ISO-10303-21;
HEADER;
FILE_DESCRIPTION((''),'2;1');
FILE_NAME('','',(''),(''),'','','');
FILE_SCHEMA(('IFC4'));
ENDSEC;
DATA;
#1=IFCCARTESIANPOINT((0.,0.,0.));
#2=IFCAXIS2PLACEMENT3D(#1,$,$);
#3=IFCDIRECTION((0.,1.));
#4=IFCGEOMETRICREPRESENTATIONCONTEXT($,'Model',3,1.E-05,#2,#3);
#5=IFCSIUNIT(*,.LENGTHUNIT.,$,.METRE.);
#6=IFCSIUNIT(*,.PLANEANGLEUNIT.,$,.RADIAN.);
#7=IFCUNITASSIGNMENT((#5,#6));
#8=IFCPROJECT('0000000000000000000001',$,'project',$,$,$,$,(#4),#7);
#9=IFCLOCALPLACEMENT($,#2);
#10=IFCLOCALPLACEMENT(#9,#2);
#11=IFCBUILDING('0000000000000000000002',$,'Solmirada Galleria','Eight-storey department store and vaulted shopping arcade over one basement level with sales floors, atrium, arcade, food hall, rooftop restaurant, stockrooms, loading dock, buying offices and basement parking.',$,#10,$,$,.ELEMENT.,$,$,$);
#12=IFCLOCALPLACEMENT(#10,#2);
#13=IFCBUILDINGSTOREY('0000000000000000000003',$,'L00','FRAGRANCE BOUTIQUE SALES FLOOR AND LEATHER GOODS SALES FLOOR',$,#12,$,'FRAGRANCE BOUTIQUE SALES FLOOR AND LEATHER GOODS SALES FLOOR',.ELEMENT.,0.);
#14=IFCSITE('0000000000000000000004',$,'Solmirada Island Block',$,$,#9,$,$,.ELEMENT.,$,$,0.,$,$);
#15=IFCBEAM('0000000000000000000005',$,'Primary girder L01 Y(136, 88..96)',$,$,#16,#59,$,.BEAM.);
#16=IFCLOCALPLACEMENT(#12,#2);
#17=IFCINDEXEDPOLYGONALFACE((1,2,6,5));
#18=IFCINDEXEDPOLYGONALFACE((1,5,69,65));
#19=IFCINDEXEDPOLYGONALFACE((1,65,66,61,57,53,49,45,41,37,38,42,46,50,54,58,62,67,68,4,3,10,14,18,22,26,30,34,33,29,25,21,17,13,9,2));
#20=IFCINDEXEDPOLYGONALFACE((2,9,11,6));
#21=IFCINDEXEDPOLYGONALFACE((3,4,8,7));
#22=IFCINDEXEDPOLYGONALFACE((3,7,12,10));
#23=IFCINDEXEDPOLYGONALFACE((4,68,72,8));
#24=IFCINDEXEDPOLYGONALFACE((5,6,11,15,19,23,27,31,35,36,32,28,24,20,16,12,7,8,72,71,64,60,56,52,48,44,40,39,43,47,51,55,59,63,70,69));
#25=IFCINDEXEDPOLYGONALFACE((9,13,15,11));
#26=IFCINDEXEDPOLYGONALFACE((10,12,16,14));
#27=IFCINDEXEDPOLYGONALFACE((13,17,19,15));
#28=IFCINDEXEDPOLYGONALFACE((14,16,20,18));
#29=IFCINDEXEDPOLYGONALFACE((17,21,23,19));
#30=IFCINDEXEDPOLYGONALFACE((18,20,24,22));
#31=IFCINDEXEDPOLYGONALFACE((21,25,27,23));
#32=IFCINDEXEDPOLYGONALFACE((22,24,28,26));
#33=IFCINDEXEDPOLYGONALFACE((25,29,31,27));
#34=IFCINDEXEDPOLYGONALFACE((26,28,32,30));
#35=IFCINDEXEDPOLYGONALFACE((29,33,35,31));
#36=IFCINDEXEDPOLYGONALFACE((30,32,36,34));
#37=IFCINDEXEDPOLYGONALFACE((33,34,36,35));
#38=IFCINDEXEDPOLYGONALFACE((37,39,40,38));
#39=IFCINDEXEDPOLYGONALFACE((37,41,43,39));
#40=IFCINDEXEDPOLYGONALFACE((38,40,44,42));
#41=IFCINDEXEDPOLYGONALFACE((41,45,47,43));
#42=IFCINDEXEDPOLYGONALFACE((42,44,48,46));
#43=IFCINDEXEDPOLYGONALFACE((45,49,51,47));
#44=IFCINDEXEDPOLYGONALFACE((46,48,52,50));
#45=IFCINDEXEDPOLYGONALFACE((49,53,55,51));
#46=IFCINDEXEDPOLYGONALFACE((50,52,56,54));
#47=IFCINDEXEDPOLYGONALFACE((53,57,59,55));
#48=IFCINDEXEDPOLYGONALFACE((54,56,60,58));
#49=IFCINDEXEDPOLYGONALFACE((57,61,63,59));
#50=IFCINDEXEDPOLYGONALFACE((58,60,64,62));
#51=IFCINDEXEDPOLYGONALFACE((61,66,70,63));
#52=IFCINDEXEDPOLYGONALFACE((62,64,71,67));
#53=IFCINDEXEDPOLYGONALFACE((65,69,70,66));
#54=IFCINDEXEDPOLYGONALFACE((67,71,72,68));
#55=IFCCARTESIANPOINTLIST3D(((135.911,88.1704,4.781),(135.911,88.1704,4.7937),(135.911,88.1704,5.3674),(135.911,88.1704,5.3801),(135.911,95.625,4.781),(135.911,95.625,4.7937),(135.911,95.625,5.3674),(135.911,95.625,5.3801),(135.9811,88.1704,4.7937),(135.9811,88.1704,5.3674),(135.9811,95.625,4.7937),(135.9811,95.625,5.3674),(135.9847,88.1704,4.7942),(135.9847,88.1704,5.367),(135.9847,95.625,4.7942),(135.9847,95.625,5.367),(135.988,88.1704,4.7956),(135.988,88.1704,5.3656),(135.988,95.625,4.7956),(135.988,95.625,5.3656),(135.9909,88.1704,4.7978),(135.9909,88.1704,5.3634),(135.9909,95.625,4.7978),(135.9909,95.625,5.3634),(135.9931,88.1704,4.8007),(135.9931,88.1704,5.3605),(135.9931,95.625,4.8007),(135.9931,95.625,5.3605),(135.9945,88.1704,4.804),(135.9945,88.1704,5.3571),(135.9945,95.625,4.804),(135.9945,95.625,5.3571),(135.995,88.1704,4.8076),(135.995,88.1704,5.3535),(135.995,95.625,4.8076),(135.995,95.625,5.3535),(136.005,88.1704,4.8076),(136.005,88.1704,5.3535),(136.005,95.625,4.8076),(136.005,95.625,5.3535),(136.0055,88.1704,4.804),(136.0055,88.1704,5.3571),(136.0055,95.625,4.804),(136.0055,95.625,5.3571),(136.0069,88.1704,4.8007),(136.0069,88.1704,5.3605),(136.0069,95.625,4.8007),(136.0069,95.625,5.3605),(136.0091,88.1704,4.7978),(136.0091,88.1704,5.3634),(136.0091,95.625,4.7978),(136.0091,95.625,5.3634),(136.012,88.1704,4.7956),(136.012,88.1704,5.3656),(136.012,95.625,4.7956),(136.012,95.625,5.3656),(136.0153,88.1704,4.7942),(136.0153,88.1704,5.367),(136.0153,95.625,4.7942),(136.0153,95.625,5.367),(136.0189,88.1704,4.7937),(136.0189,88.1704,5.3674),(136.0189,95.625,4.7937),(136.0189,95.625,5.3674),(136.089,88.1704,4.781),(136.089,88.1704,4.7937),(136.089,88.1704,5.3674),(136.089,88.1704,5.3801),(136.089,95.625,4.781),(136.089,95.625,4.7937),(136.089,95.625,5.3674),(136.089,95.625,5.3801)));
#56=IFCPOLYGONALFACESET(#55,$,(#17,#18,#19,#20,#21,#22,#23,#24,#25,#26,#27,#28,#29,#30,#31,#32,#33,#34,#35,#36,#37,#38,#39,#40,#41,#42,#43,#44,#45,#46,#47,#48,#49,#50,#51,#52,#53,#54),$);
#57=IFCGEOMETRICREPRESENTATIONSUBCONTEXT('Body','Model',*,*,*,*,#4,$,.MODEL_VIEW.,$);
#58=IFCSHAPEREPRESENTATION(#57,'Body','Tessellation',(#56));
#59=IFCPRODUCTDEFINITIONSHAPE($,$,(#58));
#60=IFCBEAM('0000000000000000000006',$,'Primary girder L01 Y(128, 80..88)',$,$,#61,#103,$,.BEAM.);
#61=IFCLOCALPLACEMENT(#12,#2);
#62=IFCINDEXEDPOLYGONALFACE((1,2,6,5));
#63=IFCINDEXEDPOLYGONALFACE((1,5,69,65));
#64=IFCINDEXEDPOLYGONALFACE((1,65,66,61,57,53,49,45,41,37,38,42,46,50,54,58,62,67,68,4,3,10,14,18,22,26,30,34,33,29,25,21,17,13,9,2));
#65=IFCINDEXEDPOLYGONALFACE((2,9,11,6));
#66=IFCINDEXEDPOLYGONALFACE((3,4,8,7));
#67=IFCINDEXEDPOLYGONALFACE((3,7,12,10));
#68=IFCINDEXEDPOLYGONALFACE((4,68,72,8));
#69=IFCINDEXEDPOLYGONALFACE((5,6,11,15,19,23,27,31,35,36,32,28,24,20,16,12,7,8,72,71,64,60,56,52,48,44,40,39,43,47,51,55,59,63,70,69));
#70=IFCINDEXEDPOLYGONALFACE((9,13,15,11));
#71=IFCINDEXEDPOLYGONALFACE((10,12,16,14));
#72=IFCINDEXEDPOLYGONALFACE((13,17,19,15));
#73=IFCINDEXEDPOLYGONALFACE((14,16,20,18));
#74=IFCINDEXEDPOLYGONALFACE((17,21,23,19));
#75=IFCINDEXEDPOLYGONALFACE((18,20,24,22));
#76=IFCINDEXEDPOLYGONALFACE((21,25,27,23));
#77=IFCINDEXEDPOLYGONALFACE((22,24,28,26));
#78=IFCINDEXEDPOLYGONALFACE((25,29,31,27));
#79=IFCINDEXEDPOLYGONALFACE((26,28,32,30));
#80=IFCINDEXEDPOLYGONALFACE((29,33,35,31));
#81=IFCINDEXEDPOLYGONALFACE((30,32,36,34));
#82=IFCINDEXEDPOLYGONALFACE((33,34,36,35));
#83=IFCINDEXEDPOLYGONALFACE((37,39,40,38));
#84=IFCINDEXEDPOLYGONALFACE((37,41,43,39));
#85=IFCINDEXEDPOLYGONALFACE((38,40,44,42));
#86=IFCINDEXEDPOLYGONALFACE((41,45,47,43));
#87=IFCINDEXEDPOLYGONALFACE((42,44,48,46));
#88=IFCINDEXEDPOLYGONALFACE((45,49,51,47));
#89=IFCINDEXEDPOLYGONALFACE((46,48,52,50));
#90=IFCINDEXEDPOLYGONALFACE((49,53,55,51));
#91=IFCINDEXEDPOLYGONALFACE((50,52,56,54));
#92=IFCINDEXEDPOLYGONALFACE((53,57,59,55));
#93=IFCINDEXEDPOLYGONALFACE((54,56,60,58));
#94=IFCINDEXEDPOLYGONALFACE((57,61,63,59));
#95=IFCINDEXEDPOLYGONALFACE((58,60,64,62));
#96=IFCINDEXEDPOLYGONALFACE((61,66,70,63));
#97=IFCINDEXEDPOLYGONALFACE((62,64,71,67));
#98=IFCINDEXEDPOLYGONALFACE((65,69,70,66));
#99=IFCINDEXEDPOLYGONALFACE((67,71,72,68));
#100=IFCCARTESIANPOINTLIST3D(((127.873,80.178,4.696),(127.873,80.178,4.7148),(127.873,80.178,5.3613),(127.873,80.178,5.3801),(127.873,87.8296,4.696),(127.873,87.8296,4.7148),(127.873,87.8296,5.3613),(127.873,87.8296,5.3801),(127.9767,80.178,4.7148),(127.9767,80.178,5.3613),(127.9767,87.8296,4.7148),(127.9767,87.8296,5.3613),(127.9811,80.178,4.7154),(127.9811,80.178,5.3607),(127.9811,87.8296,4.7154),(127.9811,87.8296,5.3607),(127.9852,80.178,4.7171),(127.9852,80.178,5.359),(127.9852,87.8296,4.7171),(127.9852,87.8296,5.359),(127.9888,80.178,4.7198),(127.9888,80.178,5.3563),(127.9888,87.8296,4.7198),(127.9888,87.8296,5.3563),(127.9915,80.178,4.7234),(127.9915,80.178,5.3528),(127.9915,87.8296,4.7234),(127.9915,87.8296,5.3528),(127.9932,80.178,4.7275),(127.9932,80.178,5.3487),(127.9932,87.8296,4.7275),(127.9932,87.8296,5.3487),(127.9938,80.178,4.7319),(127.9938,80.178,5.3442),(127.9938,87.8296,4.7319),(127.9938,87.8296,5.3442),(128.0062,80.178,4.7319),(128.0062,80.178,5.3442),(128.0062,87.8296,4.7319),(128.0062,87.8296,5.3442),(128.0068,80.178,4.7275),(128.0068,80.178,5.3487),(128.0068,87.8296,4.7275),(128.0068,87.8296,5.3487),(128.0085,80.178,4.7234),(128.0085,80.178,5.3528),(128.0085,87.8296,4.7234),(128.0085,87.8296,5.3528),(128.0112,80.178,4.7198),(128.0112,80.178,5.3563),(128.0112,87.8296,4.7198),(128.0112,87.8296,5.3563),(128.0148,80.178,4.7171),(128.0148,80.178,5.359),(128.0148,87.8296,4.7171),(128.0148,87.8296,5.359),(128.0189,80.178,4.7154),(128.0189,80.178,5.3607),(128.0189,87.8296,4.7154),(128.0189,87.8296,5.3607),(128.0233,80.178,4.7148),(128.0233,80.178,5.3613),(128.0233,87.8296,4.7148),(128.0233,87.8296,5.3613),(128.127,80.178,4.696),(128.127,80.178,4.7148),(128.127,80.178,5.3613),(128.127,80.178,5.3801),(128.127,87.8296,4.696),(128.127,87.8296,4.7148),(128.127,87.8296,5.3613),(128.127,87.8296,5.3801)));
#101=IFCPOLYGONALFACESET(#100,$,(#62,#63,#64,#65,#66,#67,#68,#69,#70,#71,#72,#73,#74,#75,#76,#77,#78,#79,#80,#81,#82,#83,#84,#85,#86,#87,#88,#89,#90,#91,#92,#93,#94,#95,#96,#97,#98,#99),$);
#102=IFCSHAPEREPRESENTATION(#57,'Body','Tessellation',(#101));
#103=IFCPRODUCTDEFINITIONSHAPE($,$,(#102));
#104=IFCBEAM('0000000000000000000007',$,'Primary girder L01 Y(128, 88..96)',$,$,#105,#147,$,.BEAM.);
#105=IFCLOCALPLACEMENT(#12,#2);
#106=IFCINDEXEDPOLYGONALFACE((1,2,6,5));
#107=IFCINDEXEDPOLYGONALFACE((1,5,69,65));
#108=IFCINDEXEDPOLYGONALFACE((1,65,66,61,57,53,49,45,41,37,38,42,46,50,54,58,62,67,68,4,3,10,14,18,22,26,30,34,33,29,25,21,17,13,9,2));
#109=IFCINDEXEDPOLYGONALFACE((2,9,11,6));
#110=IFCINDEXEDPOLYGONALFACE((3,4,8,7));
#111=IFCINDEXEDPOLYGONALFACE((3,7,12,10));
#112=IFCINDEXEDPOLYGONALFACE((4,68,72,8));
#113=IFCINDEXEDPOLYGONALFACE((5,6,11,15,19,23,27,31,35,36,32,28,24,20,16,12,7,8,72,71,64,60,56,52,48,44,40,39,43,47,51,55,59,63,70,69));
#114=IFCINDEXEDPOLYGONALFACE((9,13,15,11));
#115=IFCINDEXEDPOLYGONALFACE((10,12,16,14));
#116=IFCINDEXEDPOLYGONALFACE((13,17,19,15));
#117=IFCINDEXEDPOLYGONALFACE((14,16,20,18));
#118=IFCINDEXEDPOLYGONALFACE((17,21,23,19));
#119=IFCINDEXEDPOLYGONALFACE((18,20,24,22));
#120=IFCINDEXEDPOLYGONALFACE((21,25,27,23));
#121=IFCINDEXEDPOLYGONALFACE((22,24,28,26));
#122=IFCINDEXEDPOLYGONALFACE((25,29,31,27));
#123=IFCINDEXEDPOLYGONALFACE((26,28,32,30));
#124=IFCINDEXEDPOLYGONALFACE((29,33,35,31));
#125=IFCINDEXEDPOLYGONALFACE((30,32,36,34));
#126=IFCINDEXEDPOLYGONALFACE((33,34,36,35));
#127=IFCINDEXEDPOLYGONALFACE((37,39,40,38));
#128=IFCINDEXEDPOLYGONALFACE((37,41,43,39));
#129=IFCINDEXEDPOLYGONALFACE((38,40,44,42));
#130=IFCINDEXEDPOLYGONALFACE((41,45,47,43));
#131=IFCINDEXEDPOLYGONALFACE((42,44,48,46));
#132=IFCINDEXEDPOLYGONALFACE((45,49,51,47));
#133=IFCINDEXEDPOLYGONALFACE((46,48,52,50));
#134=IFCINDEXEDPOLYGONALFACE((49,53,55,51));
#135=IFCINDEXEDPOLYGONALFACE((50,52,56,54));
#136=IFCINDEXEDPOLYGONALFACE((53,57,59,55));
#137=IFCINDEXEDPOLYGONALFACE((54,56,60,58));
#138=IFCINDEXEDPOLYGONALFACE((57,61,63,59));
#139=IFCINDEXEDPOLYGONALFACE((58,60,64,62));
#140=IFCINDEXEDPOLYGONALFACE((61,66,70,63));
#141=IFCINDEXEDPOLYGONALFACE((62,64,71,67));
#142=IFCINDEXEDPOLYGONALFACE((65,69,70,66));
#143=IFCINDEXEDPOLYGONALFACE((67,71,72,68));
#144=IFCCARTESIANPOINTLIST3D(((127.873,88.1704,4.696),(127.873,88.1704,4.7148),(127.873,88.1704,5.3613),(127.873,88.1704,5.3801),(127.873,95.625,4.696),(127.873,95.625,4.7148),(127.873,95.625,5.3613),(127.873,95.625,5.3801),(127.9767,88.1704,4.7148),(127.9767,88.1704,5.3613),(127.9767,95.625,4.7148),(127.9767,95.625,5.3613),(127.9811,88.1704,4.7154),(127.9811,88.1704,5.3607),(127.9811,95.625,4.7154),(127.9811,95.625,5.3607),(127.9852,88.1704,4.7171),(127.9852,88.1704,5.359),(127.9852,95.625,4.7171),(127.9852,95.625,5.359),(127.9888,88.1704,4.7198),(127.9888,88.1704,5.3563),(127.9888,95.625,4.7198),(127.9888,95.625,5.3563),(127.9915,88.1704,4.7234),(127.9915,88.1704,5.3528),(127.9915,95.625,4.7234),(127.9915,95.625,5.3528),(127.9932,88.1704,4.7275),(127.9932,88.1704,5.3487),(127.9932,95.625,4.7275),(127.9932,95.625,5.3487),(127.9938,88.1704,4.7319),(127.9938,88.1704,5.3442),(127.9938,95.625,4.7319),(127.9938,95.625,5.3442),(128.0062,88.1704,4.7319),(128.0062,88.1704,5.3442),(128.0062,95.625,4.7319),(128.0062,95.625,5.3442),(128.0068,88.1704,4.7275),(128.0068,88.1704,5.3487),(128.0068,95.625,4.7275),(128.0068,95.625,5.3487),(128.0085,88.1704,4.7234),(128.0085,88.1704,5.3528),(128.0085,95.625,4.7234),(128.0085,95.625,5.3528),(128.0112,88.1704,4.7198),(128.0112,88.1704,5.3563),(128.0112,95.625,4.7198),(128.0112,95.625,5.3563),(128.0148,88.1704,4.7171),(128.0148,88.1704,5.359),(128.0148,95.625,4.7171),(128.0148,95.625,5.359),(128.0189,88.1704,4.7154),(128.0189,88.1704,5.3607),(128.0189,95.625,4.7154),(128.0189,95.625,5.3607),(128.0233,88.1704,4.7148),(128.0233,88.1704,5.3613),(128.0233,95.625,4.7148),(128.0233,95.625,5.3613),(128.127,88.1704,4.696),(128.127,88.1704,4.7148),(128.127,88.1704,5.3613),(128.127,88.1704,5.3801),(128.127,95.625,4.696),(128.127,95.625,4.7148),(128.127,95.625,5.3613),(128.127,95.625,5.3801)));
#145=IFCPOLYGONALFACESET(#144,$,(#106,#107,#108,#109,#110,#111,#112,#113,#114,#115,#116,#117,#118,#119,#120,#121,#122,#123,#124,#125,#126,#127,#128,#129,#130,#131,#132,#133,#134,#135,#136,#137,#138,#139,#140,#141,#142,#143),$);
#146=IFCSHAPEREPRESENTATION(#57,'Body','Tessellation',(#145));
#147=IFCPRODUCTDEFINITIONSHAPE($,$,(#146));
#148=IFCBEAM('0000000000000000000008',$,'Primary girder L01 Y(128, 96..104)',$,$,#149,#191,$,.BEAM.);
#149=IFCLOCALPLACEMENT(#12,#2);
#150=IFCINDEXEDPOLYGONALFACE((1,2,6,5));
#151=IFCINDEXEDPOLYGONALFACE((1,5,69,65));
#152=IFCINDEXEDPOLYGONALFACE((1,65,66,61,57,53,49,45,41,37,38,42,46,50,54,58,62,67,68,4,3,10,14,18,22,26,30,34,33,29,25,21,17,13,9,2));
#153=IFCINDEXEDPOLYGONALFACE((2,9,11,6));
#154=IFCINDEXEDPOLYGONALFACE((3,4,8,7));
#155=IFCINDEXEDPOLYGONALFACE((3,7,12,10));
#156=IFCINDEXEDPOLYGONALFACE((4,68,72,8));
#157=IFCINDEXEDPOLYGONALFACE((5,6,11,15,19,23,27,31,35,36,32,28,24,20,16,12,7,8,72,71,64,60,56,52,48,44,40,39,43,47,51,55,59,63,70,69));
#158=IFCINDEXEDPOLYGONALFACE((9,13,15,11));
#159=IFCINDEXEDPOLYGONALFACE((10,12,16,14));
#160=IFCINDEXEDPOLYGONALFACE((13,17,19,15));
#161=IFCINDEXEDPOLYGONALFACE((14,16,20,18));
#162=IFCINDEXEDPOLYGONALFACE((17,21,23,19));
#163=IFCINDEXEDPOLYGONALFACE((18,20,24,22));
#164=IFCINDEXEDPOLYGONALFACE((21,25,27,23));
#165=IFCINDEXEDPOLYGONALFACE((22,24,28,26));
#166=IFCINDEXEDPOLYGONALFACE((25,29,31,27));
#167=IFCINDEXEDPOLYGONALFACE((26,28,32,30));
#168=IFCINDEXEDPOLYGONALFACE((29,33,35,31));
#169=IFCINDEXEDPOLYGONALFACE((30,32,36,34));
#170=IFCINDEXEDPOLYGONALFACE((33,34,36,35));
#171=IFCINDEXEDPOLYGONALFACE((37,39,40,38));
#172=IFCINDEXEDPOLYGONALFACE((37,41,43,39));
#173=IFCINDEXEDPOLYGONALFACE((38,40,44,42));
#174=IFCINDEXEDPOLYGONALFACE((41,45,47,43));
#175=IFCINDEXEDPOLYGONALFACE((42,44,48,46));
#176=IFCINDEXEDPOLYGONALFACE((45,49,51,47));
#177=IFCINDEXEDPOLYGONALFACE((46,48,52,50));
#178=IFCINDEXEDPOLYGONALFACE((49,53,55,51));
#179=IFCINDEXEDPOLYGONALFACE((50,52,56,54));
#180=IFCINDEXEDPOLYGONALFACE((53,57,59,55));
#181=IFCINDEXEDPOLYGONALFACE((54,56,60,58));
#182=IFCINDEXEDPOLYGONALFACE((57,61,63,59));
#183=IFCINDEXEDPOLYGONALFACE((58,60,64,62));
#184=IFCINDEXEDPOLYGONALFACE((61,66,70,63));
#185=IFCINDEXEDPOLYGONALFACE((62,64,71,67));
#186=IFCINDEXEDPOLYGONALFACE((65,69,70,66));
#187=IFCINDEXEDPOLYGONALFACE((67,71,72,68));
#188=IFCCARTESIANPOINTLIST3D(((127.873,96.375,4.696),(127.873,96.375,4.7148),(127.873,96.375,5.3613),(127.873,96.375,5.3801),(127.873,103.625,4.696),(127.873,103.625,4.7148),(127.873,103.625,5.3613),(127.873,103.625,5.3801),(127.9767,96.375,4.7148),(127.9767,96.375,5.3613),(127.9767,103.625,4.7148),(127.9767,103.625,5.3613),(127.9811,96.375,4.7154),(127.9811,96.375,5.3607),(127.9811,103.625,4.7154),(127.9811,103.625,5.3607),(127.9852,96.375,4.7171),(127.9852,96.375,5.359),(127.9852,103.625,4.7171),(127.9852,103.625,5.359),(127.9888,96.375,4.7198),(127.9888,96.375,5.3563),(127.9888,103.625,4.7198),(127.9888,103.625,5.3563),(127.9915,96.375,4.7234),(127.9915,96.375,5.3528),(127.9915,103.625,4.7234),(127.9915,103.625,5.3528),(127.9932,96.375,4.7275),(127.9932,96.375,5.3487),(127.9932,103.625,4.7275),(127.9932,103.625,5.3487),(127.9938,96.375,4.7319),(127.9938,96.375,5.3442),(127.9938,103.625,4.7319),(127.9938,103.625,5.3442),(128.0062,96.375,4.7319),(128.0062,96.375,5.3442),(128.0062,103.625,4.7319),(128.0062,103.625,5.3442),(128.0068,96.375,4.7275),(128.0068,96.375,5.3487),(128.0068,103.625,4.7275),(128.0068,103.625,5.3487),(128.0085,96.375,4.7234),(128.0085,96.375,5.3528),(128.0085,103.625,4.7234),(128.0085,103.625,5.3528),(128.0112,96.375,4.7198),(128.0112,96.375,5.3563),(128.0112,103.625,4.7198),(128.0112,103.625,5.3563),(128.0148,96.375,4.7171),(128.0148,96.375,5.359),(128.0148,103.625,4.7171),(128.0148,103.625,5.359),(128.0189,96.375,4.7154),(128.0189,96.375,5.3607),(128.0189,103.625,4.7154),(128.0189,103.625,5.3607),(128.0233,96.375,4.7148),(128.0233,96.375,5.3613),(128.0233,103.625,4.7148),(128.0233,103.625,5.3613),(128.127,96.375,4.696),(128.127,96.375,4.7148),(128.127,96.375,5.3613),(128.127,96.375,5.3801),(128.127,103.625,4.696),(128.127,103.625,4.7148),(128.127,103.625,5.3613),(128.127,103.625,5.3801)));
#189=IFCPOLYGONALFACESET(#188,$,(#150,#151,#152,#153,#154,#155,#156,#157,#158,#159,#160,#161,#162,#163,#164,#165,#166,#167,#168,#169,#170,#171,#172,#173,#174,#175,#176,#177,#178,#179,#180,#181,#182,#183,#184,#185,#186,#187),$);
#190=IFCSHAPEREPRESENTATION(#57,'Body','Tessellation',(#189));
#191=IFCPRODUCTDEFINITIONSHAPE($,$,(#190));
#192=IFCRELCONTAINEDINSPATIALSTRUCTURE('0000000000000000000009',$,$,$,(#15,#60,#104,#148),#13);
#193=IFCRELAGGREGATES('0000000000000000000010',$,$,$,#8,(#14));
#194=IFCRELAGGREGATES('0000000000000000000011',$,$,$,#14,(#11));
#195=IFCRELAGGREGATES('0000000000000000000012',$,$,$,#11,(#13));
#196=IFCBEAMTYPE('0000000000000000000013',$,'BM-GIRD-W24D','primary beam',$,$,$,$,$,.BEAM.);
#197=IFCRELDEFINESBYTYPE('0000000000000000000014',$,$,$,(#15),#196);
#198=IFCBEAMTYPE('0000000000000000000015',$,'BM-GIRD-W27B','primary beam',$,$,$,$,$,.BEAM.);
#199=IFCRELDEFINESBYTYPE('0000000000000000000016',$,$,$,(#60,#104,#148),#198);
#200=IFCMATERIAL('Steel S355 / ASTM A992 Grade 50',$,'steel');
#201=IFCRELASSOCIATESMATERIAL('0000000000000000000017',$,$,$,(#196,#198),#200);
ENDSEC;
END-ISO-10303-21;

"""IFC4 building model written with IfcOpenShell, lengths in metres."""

from ifc_helpers import new_model, si_unit, direction, frame, origin, origin_2d, place, context, subcontext, project, spatial, i_section, extrude, material, material_profile, profile_set, type_object, element, save


model = new_model("IFC4")

# Units and contexts
model_context = context("Model", 3, precision=1e-05, world=origin(), true_north=direction((0.0, 1.0)))
body_context = subcontext(model_context, "Body", "Model", "MODEL_VIEW")
ifc_project = project(units=[si_unit("LENGTHUNIT", "METRE"), si_unit("PLANEANGLEUNIT", "RADIAN")], contexts=[model_context])

# Site, building, storey
site_placement = place(None, origin())
site = spatial("IfcSite", under=ifc_project, at=site_placement, Name="Solmirada Island Block", CompositionType="ELEMENT", RefElevation=0.0)
building_placement = place(site_placement, origin())
building = spatial("IfcBuilding", under=site, at=building_placement, Name="Solmirada Galleria", Description="Eight-storey department store and vaulted shopping arcade over one basement level with sales floors, atrium, arcade, food hall, rooftop restaurant, stockrooms, loading dock, buying offices and basement parking.", CompositionType="ELEMENT")
storey_placement = place(building_placement, origin())
storey = spatial("IfcBuildingStorey", under=building, at=storey_placement, Name="L00", Description="FRAGRANCE BOUTIQUE SALES FLOOR AND LEATHER GOODS SALES FLOOR", LongName="FRAGRANCE BOUTIQUE SALES FLOOR AND LEATHER GOODS SALES FLOOR", CompositionType="ELEMENT", Elevation=0.0)

# Beams
ifc_material_1 = material(Name="Steel S355 / ASTM A992 Grade 50", Category="steel")
ifc_material_profile_1 = material_profile(ifc_material_1, i_section(OverallWidth=0.178, OverallDepth=0.5991, WebThickness=0.01, FlangeThickness=0.0127, FilletRadius=0.0139, at=origin_2d()), Name="W24X55")
ifc_profile_set_1 = profile_set([ifc_material_profile_1], Name="Steel S355 / ASTM A992 Grade 50")
beam_type_1 = type_object("IfcBeamType", Name="BM-GIRD-W24D", Description="primary beam", PredefinedType="BEAM", material=ifc_profile_set_1)
beam_1_placement = place(storey_placement, frame((136.0, 88.1704, 5.0806), z_axis=(0.0, 1.0, 0.0), x_axis=(-1.0, 0.0, 0.0)))
element("IfcBeam", 1, at=beam_1_placement, inside=storey, type_object=beam_type_1, Name="Primary girder L01 Y(136, 88..96)", PredefinedType="BEAM", context=body_context, shape_type="SweptSolid", body=[
    extrude(i_section(OverallWidth=0.178, OverallDepth=0.5991, WebThickness=0.01, FlangeThickness=0.0127, FilletRadius=0.0139, at=origin_2d()), origin(), (0.0, 0.0, 1.0), 7.4546),
])
ifc_material_profile_2 = material_profile(ifc_material_1, i_section(OverallWidth=0.2539, OverallDepth=0.6841, WebThickness=0.0125, FlangeThickness=0.0188, FilletRadius=0.0171, at=origin_2d()), Name="W27X94")
ifc_profile_set_2 = profile_set([ifc_material_profile_2], Name="Steel S355 / ASTM A992 Grade 50")
beam_type_2 = type_object("IfcBeamType", Name="BM-GIRD-W27B", Description="primary beam", PredefinedType="BEAM", material=ifc_profile_set_2)
beam_2_placement = place(storey_placement, frame((128.0, 80.178, 5.0381), z_axis=(0.0, 1.0, 0.0), x_axis=(-1.0, 0.0, 0.0)))
element("IfcBeam", 2, at=beam_2_placement, inside=storey, type_object=beam_type_2, Name="Primary girder L01 Y(128, 80..88)", PredefinedType="BEAM", context=body_context, shape_type="SweptSolid", body=[
    extrude(i_section(OverallWidth=0.2539, OverallDepth=0.6841, WebThickness=0.0125, FlangeThickness=0.0188, FilletRadius=0.0171, at=origin_2d()), origin(), (0.0, 0.0, 1.0), 7.6516),
])
beam_3_placement = place(storey_placement, frame((128.0, 88.1704, 5.0381), z_axis=(0.0, 1.0, 0.0), x_axis=(-1.0, 0.0, 0.0)))
element("IfcBeam", 3, at=beam_3_placement, inside=storey, type_object=beam_type_2, Name="Primary girder L01 Y(128, 88..96)", PredefinedType="BEAM", context=body_context, shape_type="SweptSolid", body=[
    extrude(i_section(OverallWidth=0.2539, OverallDepth=0.6841, WebThickness=0.0125, FlangeThickness=0.0188, FilletRadius=0.0171, at=origin_2d()), origin(), (0.0, 0.0, 1.0), 7.4546),
])
beam_4_placement = place(storey_placement, frame((128.0, 96.375, 5.0381), z_axis=(0.0, 1.0, 0.0), x_axis=(-1.0, 0.0, 0.0)))
element("IfcBeam", 4, at=beam_4_placement, inside=storey, type_object=beam_type_2, Name="Primary girder L01 Y(128, 96..104)", PredefinedType="BEAM", context=body_context, shape_type="SweptSolid", body=[
    extrude(i_section(OverallWidth=0.2539, OverallDepth=0.6841, WebThickness=0.0125, FlangeThickness=0.0188, FilletRadius=0.0171, at=origin_2d()), origin(), (0.0, 0.0, 1.0), 7.25),
])

save(model, "model.ifc")
